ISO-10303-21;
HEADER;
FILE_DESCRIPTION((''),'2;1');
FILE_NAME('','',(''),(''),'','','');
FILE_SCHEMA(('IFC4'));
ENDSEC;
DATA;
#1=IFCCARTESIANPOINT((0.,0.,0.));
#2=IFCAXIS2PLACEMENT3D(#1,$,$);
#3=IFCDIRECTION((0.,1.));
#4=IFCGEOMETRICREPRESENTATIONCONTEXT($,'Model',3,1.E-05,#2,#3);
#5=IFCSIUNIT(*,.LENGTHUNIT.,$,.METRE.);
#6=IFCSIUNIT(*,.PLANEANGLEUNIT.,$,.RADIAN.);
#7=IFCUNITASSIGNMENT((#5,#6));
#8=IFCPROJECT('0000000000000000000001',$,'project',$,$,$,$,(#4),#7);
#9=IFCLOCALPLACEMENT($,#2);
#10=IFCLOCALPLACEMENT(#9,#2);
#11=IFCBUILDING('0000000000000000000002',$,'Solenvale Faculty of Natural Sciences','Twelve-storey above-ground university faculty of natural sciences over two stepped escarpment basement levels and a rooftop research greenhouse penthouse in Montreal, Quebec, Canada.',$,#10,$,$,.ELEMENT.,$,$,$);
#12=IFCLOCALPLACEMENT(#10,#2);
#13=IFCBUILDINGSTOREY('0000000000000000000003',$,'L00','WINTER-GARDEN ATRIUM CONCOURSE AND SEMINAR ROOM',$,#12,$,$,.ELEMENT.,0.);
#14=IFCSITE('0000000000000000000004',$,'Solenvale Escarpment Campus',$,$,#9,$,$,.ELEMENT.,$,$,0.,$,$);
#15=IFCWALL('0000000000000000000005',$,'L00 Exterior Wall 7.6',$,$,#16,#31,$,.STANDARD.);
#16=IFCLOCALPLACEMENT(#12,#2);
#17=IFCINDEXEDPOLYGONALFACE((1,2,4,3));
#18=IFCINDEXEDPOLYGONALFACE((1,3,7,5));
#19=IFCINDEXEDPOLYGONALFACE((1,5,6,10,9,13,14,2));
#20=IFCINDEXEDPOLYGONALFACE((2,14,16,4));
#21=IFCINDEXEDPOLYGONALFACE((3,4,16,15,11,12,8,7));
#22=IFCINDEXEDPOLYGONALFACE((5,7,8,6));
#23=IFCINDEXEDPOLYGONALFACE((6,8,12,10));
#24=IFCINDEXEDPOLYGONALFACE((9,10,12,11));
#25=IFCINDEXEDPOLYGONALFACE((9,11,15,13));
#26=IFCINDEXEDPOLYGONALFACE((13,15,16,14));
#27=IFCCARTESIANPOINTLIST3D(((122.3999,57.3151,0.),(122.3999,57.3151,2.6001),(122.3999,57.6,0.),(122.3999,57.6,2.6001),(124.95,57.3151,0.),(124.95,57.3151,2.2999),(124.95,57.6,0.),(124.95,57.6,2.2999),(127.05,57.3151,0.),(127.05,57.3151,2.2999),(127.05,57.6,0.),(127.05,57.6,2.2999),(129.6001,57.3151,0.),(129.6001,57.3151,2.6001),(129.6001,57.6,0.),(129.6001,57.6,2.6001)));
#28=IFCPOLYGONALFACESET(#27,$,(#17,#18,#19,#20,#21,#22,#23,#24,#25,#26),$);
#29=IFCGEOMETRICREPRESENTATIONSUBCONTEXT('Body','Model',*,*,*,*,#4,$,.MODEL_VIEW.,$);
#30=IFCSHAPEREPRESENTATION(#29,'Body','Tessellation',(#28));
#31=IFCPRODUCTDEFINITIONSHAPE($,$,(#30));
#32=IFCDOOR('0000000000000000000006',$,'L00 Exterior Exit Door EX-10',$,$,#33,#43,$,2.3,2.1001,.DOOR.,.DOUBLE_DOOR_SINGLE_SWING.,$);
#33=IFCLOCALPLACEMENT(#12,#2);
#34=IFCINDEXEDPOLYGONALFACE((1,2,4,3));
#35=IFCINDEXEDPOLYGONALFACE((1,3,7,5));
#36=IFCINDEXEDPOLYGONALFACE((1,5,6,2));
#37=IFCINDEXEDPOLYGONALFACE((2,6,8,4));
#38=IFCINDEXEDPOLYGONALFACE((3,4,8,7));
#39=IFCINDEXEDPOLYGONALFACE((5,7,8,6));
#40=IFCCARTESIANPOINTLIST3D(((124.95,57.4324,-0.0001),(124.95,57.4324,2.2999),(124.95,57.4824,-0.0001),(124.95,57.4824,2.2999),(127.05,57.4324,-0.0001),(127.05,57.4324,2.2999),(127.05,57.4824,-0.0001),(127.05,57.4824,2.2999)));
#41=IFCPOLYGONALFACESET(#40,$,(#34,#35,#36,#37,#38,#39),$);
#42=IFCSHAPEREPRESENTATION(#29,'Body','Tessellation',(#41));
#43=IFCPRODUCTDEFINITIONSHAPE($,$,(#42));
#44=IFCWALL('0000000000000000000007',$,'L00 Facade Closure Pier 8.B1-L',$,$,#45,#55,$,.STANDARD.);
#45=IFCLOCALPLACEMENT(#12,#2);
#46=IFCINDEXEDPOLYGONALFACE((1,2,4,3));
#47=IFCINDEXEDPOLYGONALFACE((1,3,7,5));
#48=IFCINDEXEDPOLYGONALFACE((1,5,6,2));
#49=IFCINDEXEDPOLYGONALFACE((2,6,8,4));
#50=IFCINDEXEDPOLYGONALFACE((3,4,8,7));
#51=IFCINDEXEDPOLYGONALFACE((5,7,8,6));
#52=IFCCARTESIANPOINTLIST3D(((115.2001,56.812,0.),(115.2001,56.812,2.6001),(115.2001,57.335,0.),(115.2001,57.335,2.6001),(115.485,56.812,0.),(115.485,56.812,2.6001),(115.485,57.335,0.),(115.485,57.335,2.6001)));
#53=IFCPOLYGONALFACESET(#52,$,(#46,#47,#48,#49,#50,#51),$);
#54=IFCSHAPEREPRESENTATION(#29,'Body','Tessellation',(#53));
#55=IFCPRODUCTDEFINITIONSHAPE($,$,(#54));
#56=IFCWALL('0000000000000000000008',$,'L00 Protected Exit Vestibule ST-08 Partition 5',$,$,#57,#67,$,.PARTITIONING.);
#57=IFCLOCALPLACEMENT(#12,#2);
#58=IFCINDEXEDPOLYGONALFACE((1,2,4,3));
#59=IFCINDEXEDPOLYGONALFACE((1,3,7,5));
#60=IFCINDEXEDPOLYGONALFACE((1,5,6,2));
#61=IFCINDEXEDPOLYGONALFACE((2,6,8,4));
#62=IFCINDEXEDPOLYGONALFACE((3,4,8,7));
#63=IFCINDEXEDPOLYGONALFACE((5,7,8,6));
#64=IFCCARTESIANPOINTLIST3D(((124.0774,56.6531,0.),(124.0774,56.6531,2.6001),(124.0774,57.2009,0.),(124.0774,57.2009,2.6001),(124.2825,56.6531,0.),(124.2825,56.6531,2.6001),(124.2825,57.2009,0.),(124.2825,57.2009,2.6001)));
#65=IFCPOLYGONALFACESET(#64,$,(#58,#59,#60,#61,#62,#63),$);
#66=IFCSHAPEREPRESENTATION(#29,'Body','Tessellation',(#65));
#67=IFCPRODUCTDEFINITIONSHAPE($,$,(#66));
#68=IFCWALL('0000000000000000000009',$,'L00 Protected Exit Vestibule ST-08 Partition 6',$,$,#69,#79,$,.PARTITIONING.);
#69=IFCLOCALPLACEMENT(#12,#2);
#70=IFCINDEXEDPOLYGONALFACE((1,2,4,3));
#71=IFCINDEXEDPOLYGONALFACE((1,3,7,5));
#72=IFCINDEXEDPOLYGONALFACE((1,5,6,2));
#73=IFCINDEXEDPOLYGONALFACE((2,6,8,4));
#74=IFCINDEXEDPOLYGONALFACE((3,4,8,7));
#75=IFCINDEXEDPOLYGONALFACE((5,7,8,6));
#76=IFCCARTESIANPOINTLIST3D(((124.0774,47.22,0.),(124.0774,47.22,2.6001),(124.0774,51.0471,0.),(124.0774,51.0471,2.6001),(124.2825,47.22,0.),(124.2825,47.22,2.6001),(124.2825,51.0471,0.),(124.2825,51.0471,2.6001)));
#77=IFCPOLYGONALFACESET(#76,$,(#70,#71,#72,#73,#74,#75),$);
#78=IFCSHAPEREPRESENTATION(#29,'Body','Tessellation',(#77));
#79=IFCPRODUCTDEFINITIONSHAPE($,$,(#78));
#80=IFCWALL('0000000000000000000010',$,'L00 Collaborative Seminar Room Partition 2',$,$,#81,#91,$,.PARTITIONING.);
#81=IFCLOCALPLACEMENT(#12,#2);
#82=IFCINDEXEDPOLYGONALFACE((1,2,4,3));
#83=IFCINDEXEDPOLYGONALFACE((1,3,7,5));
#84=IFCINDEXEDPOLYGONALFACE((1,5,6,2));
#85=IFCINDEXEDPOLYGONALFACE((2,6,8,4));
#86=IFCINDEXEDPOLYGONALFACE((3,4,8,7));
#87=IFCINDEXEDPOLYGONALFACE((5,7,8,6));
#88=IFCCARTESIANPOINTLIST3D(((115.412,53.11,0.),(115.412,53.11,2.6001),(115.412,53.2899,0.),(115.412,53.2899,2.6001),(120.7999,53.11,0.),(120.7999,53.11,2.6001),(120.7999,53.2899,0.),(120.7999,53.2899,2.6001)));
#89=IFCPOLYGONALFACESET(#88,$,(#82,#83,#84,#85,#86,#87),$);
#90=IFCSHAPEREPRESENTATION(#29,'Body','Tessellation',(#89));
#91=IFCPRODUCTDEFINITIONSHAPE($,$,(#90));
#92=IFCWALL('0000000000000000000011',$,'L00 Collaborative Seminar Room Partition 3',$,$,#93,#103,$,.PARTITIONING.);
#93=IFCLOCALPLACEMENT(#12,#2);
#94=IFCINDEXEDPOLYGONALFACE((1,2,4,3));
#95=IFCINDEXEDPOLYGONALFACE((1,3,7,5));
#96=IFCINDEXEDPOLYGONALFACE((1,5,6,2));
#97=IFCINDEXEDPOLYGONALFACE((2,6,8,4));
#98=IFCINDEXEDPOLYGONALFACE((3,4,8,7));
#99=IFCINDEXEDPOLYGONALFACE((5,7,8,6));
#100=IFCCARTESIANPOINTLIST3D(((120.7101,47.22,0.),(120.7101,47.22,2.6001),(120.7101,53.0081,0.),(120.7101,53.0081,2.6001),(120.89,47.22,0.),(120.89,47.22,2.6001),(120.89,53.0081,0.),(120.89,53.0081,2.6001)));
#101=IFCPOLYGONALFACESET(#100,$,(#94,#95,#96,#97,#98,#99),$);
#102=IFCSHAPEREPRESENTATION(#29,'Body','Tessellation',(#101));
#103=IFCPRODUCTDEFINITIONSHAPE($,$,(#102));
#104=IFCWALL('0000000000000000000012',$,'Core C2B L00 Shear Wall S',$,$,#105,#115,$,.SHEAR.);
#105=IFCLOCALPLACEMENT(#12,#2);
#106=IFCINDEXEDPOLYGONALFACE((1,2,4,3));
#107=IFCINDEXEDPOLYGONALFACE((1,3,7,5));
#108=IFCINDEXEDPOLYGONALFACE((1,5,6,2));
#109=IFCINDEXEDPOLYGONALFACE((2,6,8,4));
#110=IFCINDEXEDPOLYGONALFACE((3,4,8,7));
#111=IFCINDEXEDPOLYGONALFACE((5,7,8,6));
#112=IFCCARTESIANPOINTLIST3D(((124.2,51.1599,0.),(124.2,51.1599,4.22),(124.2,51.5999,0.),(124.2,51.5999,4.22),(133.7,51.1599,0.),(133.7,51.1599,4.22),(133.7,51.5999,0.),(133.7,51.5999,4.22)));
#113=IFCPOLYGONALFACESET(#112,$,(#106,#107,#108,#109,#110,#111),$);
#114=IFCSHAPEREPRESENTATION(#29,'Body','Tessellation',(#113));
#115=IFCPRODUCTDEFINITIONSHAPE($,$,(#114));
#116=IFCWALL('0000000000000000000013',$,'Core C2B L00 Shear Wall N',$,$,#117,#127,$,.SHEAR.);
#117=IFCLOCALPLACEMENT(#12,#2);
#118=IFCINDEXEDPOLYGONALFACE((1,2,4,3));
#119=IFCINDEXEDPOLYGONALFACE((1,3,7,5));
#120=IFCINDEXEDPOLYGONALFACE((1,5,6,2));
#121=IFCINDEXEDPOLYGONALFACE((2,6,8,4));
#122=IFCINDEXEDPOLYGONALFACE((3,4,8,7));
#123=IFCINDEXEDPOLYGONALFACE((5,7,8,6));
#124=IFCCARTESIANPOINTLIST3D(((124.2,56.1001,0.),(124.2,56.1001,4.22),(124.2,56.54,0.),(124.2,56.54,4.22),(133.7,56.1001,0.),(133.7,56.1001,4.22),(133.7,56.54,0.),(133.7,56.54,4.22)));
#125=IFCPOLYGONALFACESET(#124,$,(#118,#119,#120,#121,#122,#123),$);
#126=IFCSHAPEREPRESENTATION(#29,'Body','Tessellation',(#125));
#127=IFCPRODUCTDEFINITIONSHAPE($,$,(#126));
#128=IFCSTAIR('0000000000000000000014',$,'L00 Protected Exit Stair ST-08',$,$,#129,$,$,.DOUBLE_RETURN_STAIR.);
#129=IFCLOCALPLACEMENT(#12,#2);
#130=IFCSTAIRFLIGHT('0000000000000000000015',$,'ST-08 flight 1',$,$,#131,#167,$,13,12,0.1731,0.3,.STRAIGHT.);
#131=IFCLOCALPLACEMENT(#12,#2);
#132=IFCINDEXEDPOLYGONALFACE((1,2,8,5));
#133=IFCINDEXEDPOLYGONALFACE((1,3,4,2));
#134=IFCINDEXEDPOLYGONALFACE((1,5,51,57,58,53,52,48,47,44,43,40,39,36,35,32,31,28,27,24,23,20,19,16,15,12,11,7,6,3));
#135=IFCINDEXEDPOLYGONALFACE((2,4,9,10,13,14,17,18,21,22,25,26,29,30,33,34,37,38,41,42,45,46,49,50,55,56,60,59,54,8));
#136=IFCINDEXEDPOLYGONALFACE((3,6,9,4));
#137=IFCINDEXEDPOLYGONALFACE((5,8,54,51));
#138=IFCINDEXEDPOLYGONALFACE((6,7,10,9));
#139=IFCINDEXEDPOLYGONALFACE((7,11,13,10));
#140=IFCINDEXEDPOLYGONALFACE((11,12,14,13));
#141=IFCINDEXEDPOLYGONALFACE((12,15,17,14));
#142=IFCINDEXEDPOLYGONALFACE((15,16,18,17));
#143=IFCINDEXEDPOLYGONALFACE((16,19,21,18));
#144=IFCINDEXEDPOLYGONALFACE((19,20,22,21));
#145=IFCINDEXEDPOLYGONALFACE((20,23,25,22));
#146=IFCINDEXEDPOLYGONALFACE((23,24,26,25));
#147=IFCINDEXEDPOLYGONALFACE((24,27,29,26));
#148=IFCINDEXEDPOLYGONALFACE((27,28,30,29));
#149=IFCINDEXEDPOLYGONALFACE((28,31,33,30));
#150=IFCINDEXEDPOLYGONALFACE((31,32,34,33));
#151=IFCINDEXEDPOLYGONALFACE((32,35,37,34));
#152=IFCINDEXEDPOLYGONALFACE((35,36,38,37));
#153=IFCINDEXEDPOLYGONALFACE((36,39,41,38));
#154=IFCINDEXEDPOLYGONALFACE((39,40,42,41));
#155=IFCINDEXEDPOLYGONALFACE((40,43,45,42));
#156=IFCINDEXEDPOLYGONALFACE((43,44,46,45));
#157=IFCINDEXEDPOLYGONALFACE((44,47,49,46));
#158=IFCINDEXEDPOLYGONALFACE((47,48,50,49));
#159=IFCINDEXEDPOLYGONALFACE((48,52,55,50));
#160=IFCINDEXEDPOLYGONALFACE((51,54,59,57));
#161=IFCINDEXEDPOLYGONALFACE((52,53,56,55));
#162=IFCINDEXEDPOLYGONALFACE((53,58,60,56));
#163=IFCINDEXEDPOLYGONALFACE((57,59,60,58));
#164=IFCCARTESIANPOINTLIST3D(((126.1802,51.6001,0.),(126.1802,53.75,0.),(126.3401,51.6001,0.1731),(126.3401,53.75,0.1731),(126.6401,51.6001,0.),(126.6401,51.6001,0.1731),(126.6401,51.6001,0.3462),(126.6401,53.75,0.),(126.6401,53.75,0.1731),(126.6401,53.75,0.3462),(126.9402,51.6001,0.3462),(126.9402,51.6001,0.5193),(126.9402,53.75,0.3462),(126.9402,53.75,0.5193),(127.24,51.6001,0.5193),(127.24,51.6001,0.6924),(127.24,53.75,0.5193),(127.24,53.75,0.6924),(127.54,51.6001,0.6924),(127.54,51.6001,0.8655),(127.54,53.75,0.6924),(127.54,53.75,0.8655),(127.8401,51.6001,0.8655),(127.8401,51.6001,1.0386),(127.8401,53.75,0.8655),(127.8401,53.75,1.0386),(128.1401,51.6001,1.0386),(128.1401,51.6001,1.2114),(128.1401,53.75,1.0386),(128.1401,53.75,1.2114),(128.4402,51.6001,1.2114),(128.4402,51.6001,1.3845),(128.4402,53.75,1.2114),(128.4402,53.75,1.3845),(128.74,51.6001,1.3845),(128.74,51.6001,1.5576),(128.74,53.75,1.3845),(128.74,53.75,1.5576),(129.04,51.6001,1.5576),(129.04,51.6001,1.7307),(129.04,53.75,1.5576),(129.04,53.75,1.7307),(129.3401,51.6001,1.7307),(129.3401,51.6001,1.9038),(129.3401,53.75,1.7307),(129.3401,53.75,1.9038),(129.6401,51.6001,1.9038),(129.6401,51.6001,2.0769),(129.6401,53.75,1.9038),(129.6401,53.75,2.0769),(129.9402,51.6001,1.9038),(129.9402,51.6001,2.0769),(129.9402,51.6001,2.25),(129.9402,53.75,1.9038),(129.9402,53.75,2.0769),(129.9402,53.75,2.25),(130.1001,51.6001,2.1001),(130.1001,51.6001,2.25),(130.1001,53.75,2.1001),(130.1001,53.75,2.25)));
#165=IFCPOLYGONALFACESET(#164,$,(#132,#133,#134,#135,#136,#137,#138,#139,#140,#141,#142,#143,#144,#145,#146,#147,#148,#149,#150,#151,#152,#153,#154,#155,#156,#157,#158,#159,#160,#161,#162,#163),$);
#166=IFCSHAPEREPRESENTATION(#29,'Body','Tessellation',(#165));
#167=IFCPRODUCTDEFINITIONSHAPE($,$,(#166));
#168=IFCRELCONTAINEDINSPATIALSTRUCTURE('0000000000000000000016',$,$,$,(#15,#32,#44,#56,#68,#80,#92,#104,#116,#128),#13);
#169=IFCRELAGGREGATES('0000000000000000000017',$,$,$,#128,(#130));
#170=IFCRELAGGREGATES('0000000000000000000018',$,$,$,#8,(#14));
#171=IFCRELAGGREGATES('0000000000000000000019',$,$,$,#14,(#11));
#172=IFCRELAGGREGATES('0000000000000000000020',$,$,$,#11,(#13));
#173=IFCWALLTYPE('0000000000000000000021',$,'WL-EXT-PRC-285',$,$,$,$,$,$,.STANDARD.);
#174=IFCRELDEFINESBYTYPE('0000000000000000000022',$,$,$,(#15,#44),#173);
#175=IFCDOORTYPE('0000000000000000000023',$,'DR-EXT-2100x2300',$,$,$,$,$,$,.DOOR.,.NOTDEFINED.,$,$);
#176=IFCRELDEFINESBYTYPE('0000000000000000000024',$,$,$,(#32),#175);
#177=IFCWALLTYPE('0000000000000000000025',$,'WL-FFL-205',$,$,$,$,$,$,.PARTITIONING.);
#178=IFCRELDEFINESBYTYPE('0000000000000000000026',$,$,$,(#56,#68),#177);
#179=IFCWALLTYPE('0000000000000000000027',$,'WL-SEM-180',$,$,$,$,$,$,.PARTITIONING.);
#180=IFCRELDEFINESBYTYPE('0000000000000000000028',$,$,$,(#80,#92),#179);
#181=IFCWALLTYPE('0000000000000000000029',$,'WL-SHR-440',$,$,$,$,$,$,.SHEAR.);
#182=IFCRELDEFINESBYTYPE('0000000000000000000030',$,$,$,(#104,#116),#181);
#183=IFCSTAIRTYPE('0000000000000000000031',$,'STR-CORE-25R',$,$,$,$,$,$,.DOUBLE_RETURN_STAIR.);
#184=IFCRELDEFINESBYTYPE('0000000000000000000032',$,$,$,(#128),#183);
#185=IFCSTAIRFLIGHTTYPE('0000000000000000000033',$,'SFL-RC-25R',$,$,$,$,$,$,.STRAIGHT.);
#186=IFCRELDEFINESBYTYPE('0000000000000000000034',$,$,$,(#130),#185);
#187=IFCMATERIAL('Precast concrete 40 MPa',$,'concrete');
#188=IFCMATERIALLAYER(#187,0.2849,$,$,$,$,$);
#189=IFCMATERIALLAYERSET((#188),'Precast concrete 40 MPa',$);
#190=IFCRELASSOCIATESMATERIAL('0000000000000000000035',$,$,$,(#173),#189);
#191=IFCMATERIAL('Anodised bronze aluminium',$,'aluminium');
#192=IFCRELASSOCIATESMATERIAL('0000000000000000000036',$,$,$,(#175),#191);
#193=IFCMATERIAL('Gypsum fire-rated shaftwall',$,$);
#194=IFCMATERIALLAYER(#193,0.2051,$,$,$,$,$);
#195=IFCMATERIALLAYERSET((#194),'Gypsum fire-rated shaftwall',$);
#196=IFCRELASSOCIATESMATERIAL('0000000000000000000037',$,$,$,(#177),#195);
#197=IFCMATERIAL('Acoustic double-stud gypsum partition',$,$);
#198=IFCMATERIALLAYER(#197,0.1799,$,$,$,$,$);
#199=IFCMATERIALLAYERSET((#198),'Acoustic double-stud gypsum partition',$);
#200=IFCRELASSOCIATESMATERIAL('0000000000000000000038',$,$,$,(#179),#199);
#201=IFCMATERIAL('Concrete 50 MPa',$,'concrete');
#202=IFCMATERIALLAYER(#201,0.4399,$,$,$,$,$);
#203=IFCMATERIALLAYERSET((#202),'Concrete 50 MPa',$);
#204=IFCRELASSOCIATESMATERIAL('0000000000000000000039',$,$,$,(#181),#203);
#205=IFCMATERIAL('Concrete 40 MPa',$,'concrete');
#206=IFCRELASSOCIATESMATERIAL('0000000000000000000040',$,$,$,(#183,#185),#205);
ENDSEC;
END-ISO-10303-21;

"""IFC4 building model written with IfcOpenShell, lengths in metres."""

from ifc_helpers import new_model, si_unit, direction, frame, frame_2d, origin, place, context, subcontext, project, spatial, polyline, rectangle, outline, extrude, material, layer, layer_set, type_object, element, fill, aggregate, save


model = new_model("IFC4")

# Units and contexts
model_context = context("Model", 3, precision=1e-05, world=origin(), true_north=direction((0.0, 1.0)))
body_context = subcontext(model_context, "Body", "Model", "MODEL_VIEW")
ifc_project = project(units=[si_unit("LENGTHUNIT", "METRE"), si_unit("PLANEANGLEUNIT", "RADIAN")], contexts=[model_context])

# Site, building, storey
site_placement = place(None, origin())
site = spatial("IfcSite", under=ifc_project, at=site_placement, Name="Solenvale Escarpment Campus", CompositionType="ELEMENT", RefElevation=0.0)
building_placement = place(site_placement, origin())
building = spatial("IfcBuilding", under=site, at=building_placement, Name="Solenvale Faculty of Natural Sciences", Description="Twelve-storey above-ground university faculty of natural sciences over two stepped escarpment basement levels and a rooftop research greenhouse penthouse in Montreal, Quebec, Canada.", CompositionType="ELEMENT")
storey_placement = place(building_placement, origin())
storey = spatial("IfcBuildingStorey", under=building, at=storey_placement, Name="L00", Description="WINTER-GARDEN ATRIUM CONCOURSE AND SEMINAR ROOM", CompositionType="ELEMENT", Elevation=0.0)

# Shared definitions
ifc_material_1 = material(Name="Concrete 50 MPa", Category="concrete")

# Shared definitions
ifc_material_2 = material(Name="Concrete 40 MPa", Category="concrete")

# Shared definitions
ifc_material_3 = material(Name="Anodised bronze aluminium", Category="aluminium")

# Wall, opening, door
ifc_material_4 = material(Name="Precast concrete 40 MPa", Category="concrete")
ifc_layer_1 = layer(ifc_material_4, 0.2849)
ifc_layer_set_1 = layer_set([ifc_layer_1], Name="Precast concrete 40 MPa")
wall_type_1 = type_object("IfcWallType", Name="WL-EXT-PRC-285", PredefinedType="STANDARD", material=ifc_layer_set_1)
wall_1_placement = place(storey_placement, frame((122.3999, 57.4575, 0.0), z_axis=(0.0, 0.0, 1.0), x_axis=(1.0, 0.0, 0.0)))
wall_1 = element("IfcWall", 1, at=wall_1_placement, inside=storey, type_object=wall_type_1, Name="L00 Exterior Wall 7.6", PredefinedType="STANDARD", context=body_context, shape_type="SweptSolid", body=[
    extrude(rectangle(XDim=7.2002, YDim=0.2849, at=frame_2d((3.6001, 0.0))), origin(), (0.0, 0.0, 1.0), 2.6001),
])
opening_1_placement = place(wall_1_placement, frame((2.55, 0.0, 0.0)))
opening_1 = element("IfcOpeningElement", 2, at=opening_1_placement, cuts=wall_1, PredefinedType="OPENING", context=body_context, shape_type="SweptSolid", body=[
    extrude(rectangle(XDim=2.1001, YDim=2.3, at=frame_2d((1.05, 1.1499))), frame((0.0, 0.1523, 0.0), z_axis=(0.0, -1.0, 0.0), x_axis=(1.0, 0.0, 0.0)), (0.0, 0.0, 1.0), 0.3049),
])
door_type_1 = type_object("IfcDoorType", Name="DR-EXT-2100x2300", OperationType="NOTDEFINED", PredefinedType="DOOR", material=ifc_material_3)
door_1_placement = place(opening_1_placement, origin())
door_1 = element("IfcDoor", 3, at=door_1_placement, inside=storey, type_object=door_type_1, Name="L00 Exterior Exit Door EX-10", OperationType="DOUBLE_DOOR_SINGLE_SWING", OverallHeight=2.3, OverallWidth=2.1001, PredefinedType="DOOR", context=body_context, shape_type="SweptSolid", body=[
    extrude(rectangle(XDim=2.1001, YDim=2.3, at=frame_2d((1.05, 1.1499))), frame((0.0, 0.0249, 0.0), z_axis=(0.0, -1.0, 0.0), x_axis=(1.0, 0.0, 0.0)), (0.0, 0.0, 1.0), 0.05),
])
fill(opening_1, door_1)

# Walls
wall_2_placement = place(storey_placement, frame((115.3425, 57.335, 0.0), z_axis=(0.0, 0.0, 1.0), x_axis=(0.0, -1.0, 0.0)))
element("IfcWall", 4, at=wall_2_placement, inside=storey, type_object=wall_type_1, Name="L00 Facade Closure Pier 8.B1-L", PredefinedType="STANDARD", context=body_context, shape_type="SweptSolid", body=[
    extrude(rectangle(XDim=0.5229, YDim=0.2849, at=frame_2d((0.2615, 0.0))), origin(), (0.0, 0.0, 1.0), 2.6001),
])
ifc_material_5 = material(Name="Gypsum fire-rated shaftwall")
ifc_layer_2 = layer(ifc_material_5, 0.2051)
ifc_layer_set_2 = layer_set([ifc_layer_2], Name="Gypsum fire-rated shaftwall")
wall_type_2 = type_object("IfcWallType", Name="WL-FFL-205", PredefinedType="PARTITIONING", material=ifc_layer_set_2)
wall_3_placement = place(storey_placement, frame((124.1799, 57.2009, 0.0), z_axis=(0.0, 0.0, 1.0), x_axis=(0.0, -1.0, 0.0)))
element("IfcWall", 5, at=wall_3_placement, inside=storey, type_object=wall_type_2, Name="L00 Protected Exit Vestibule ST-08 Partition 5", PredefinedType="PARTITIONING", context=body_context, shape_type="SweptSolid", body=[
    extrude(rectangle(XDim=0.5479, YDim=0.2051, at=frame_2d((0.2739, 0.0))), origin(), (0.0, 0.0, 1.0), 2.6001),
])
wall_4_placement = place(storey_placement, frame((124.1799, 51.0471, 0.0), z_axis=(0.0, 0.0, 1.0), x_axis=(0.0, -1.0, 0.0)))
element("IfcWall", 6, at=wall_4_placement, inside=storey, type_object=wall_type_2, Name="L00 Protected Exit Vestibule ST-08 Partition 6", PredefinedType="PARTITIONING", context=body_context, shape_type="SweptSolid", body=[
    extrude(rectangle(XDim=3.8271, YDim=0.2051, at=frame_2d((1.9136, 0.0))), origin(), (0.0, 0.0, 1.0), 2.6001),
])
ifc_material_6 = material(Name="Acoustic double-stud gypsum partition")
ifc_layer_3 = layer(ifc_material_6, 0.1799)
ifc_layer_set_3 = layer_set([ifc_layer_3], Name="Acoustic double-stud gypsum partition")
wall_type_3 = type_object("IfcWallType", Name="WL-SEM-180", PredefinedType="PARTITIONING", material=ifc_layer_set_3)
wall_5_placement = place(storey_placement, frame((115.4121, 53.2, 0.0), z_axis=(0.0, 0.0, 1.0), x_axis=(1.0, 0.0, 0.0)))
element("IfcWall", 7, at=wall_5_placement, inside=storey, type_object=wall_type_3, Name="L00 Collaborative Seminar Room Partition 2", PredefinedType="PARTITIONING", context=body_context, shape_type="SweptSolid", body=[
    extrude(rectangle(XDim=5.3879, YDim=0.1799, at=frame_2d((2.6938, 0.0))), origin(), (0.0, 0.0, 1.0), 2.6001),
])
wall_6_placement = place(storey_placement, frame((120.8, 53.0081, 0.0), z_axis=(0.0, 0.0, 1.0), x_axis=(0.0, -1.0, 0.0)))
element("IfcWall", 8, at=wall_6_placement, inside=storey, type_object=wall_type_3, Name="L00 Collaborative Seminar Room Partition 3", PredefinedType="PARTITIONING", context=body_context, shape_type="SweptSolid", body=[
    extrude(rectangle(XDim=5.7881, YDim=0.1799, at=frame_2d((2.894, 0.0))), origin(), (0.0, 0.0, 1.0), 2.6001),
])
ifc_layer_4 = layer(ifc_material_1, 0.4399)
ifc_layer_set_4 = layer_set([ifc_layer_4], Name="Concrete 50 MPa")
wall_type_4 = type_object("IfcWallType", Name="WL-SHR-440", PredefinedType="SHEAR", material=ifc_layer_set_4)
for number, where, z_axis, x_axis, name in (
    (9, (124.2, 51.3799, 0.0), (0.0, 0.0, 1.0), (1.0, 0.0, 0.0), "Core C2B L00 Shear Wall S"),
    (10, (124.2, 56.3201, 0.0), (0.0, 0.0, 1.0), (1.0, 0.0, 0.0), "Core C2B L00 Shear Wall N"),
):
    element("IfcWall", number, at=place(storey_placement, frame(where, z_axis=z_axis, x_axis=x_axis)), inside=storey, type_object=wall_type_4, Name=name, PredefinedType="SHEAR", context=body_context, shape_type="SweptSolid", body=[
        extrude(rectangle(XDim=9.5, YDim=0.4399, at=frame_2d((4.75, 0.0))), origin(), (0.0, 0.0, 1.0), 4.22),
    ])

# Stair, stair flight
stair_type = type_object("IfcStairType", Name="STR-CORE-25R", PredefinedType="DOUBLE_RETURN_STAIR", material=ifc_material_2)
stair_placement = place(storey_placement, origin())
stair = element("IfcStair", 11, at=stair_placement, inside=storey, type_object=stair_type, Name="L00 Protected Exit Stair ST-08", PredefinedType="DOUBLE_RETURN_STAIR")
stair_flight_type = type_object("IfcStairFlightType", Name="SFL-RC-25R", PredefinedType="STRAIGHT", material=ifc_material_2)
stair_flight_placement = place(storey_placement, frame((126.3401, 52.675, 0.0), z_axis=(0.0, 0.0, 1.0), x_axis=(1.0, 0.0, 0.0)))
stair_flight = element("IfcStairFlight", 12, at=stair_flight_placement, type_object=stair_flight_type, Name="ST-08 flight 1", NumberOfRisers=13, NumberOfTreads=12, PredefinedType="STRAIGHT", RiserHeight=0.1731, TreadLength=0.3, context=body_context, shape_type="SweptSolid", body=[
    extrude(outline(polyline([(-0.1599, 0.0), (0.0, 0.1731), (0.3, 0.1731), (0.3, 0.3462), (0.6001, 0.3462), (0.6001, 0.5193), (0.8999, 0.5193), (0.8999, 0.6924), (1.2, 0.6924), (1.2, 0.8655), (1.5, 0.8655), (1.5, 1.0386), (1.8, 1.0386), (1.8, 1.2114), (2.1001, 1.2114), (2.1001, 1.3845), (2.3999, 1.3845), (2.3999, 1.5576), (2.7, 1.5576), (2.7, 1.7307), (3.0, 1.7307), (3.0, 1.9038), (3.3, 1.9038), (3.3, 2.0769), (3.6001, 2.0769), (3.6001, 2.25), (3.76, 2.25), (3.76, 2.1001), (3.6001, 1.9038), (0.3, 0.0), (-0.1599, 0.0)])), frame((0.0, 1.075, 0.0), z_axis=(0.0, -1.0, 0.0), x_axis=(1.0, 0.0, 0.0)), (0.0, 0.0, 1.0), 2.1499),
])
aggregate(stair, [stair_flight])

save(model, "model.ifc")
